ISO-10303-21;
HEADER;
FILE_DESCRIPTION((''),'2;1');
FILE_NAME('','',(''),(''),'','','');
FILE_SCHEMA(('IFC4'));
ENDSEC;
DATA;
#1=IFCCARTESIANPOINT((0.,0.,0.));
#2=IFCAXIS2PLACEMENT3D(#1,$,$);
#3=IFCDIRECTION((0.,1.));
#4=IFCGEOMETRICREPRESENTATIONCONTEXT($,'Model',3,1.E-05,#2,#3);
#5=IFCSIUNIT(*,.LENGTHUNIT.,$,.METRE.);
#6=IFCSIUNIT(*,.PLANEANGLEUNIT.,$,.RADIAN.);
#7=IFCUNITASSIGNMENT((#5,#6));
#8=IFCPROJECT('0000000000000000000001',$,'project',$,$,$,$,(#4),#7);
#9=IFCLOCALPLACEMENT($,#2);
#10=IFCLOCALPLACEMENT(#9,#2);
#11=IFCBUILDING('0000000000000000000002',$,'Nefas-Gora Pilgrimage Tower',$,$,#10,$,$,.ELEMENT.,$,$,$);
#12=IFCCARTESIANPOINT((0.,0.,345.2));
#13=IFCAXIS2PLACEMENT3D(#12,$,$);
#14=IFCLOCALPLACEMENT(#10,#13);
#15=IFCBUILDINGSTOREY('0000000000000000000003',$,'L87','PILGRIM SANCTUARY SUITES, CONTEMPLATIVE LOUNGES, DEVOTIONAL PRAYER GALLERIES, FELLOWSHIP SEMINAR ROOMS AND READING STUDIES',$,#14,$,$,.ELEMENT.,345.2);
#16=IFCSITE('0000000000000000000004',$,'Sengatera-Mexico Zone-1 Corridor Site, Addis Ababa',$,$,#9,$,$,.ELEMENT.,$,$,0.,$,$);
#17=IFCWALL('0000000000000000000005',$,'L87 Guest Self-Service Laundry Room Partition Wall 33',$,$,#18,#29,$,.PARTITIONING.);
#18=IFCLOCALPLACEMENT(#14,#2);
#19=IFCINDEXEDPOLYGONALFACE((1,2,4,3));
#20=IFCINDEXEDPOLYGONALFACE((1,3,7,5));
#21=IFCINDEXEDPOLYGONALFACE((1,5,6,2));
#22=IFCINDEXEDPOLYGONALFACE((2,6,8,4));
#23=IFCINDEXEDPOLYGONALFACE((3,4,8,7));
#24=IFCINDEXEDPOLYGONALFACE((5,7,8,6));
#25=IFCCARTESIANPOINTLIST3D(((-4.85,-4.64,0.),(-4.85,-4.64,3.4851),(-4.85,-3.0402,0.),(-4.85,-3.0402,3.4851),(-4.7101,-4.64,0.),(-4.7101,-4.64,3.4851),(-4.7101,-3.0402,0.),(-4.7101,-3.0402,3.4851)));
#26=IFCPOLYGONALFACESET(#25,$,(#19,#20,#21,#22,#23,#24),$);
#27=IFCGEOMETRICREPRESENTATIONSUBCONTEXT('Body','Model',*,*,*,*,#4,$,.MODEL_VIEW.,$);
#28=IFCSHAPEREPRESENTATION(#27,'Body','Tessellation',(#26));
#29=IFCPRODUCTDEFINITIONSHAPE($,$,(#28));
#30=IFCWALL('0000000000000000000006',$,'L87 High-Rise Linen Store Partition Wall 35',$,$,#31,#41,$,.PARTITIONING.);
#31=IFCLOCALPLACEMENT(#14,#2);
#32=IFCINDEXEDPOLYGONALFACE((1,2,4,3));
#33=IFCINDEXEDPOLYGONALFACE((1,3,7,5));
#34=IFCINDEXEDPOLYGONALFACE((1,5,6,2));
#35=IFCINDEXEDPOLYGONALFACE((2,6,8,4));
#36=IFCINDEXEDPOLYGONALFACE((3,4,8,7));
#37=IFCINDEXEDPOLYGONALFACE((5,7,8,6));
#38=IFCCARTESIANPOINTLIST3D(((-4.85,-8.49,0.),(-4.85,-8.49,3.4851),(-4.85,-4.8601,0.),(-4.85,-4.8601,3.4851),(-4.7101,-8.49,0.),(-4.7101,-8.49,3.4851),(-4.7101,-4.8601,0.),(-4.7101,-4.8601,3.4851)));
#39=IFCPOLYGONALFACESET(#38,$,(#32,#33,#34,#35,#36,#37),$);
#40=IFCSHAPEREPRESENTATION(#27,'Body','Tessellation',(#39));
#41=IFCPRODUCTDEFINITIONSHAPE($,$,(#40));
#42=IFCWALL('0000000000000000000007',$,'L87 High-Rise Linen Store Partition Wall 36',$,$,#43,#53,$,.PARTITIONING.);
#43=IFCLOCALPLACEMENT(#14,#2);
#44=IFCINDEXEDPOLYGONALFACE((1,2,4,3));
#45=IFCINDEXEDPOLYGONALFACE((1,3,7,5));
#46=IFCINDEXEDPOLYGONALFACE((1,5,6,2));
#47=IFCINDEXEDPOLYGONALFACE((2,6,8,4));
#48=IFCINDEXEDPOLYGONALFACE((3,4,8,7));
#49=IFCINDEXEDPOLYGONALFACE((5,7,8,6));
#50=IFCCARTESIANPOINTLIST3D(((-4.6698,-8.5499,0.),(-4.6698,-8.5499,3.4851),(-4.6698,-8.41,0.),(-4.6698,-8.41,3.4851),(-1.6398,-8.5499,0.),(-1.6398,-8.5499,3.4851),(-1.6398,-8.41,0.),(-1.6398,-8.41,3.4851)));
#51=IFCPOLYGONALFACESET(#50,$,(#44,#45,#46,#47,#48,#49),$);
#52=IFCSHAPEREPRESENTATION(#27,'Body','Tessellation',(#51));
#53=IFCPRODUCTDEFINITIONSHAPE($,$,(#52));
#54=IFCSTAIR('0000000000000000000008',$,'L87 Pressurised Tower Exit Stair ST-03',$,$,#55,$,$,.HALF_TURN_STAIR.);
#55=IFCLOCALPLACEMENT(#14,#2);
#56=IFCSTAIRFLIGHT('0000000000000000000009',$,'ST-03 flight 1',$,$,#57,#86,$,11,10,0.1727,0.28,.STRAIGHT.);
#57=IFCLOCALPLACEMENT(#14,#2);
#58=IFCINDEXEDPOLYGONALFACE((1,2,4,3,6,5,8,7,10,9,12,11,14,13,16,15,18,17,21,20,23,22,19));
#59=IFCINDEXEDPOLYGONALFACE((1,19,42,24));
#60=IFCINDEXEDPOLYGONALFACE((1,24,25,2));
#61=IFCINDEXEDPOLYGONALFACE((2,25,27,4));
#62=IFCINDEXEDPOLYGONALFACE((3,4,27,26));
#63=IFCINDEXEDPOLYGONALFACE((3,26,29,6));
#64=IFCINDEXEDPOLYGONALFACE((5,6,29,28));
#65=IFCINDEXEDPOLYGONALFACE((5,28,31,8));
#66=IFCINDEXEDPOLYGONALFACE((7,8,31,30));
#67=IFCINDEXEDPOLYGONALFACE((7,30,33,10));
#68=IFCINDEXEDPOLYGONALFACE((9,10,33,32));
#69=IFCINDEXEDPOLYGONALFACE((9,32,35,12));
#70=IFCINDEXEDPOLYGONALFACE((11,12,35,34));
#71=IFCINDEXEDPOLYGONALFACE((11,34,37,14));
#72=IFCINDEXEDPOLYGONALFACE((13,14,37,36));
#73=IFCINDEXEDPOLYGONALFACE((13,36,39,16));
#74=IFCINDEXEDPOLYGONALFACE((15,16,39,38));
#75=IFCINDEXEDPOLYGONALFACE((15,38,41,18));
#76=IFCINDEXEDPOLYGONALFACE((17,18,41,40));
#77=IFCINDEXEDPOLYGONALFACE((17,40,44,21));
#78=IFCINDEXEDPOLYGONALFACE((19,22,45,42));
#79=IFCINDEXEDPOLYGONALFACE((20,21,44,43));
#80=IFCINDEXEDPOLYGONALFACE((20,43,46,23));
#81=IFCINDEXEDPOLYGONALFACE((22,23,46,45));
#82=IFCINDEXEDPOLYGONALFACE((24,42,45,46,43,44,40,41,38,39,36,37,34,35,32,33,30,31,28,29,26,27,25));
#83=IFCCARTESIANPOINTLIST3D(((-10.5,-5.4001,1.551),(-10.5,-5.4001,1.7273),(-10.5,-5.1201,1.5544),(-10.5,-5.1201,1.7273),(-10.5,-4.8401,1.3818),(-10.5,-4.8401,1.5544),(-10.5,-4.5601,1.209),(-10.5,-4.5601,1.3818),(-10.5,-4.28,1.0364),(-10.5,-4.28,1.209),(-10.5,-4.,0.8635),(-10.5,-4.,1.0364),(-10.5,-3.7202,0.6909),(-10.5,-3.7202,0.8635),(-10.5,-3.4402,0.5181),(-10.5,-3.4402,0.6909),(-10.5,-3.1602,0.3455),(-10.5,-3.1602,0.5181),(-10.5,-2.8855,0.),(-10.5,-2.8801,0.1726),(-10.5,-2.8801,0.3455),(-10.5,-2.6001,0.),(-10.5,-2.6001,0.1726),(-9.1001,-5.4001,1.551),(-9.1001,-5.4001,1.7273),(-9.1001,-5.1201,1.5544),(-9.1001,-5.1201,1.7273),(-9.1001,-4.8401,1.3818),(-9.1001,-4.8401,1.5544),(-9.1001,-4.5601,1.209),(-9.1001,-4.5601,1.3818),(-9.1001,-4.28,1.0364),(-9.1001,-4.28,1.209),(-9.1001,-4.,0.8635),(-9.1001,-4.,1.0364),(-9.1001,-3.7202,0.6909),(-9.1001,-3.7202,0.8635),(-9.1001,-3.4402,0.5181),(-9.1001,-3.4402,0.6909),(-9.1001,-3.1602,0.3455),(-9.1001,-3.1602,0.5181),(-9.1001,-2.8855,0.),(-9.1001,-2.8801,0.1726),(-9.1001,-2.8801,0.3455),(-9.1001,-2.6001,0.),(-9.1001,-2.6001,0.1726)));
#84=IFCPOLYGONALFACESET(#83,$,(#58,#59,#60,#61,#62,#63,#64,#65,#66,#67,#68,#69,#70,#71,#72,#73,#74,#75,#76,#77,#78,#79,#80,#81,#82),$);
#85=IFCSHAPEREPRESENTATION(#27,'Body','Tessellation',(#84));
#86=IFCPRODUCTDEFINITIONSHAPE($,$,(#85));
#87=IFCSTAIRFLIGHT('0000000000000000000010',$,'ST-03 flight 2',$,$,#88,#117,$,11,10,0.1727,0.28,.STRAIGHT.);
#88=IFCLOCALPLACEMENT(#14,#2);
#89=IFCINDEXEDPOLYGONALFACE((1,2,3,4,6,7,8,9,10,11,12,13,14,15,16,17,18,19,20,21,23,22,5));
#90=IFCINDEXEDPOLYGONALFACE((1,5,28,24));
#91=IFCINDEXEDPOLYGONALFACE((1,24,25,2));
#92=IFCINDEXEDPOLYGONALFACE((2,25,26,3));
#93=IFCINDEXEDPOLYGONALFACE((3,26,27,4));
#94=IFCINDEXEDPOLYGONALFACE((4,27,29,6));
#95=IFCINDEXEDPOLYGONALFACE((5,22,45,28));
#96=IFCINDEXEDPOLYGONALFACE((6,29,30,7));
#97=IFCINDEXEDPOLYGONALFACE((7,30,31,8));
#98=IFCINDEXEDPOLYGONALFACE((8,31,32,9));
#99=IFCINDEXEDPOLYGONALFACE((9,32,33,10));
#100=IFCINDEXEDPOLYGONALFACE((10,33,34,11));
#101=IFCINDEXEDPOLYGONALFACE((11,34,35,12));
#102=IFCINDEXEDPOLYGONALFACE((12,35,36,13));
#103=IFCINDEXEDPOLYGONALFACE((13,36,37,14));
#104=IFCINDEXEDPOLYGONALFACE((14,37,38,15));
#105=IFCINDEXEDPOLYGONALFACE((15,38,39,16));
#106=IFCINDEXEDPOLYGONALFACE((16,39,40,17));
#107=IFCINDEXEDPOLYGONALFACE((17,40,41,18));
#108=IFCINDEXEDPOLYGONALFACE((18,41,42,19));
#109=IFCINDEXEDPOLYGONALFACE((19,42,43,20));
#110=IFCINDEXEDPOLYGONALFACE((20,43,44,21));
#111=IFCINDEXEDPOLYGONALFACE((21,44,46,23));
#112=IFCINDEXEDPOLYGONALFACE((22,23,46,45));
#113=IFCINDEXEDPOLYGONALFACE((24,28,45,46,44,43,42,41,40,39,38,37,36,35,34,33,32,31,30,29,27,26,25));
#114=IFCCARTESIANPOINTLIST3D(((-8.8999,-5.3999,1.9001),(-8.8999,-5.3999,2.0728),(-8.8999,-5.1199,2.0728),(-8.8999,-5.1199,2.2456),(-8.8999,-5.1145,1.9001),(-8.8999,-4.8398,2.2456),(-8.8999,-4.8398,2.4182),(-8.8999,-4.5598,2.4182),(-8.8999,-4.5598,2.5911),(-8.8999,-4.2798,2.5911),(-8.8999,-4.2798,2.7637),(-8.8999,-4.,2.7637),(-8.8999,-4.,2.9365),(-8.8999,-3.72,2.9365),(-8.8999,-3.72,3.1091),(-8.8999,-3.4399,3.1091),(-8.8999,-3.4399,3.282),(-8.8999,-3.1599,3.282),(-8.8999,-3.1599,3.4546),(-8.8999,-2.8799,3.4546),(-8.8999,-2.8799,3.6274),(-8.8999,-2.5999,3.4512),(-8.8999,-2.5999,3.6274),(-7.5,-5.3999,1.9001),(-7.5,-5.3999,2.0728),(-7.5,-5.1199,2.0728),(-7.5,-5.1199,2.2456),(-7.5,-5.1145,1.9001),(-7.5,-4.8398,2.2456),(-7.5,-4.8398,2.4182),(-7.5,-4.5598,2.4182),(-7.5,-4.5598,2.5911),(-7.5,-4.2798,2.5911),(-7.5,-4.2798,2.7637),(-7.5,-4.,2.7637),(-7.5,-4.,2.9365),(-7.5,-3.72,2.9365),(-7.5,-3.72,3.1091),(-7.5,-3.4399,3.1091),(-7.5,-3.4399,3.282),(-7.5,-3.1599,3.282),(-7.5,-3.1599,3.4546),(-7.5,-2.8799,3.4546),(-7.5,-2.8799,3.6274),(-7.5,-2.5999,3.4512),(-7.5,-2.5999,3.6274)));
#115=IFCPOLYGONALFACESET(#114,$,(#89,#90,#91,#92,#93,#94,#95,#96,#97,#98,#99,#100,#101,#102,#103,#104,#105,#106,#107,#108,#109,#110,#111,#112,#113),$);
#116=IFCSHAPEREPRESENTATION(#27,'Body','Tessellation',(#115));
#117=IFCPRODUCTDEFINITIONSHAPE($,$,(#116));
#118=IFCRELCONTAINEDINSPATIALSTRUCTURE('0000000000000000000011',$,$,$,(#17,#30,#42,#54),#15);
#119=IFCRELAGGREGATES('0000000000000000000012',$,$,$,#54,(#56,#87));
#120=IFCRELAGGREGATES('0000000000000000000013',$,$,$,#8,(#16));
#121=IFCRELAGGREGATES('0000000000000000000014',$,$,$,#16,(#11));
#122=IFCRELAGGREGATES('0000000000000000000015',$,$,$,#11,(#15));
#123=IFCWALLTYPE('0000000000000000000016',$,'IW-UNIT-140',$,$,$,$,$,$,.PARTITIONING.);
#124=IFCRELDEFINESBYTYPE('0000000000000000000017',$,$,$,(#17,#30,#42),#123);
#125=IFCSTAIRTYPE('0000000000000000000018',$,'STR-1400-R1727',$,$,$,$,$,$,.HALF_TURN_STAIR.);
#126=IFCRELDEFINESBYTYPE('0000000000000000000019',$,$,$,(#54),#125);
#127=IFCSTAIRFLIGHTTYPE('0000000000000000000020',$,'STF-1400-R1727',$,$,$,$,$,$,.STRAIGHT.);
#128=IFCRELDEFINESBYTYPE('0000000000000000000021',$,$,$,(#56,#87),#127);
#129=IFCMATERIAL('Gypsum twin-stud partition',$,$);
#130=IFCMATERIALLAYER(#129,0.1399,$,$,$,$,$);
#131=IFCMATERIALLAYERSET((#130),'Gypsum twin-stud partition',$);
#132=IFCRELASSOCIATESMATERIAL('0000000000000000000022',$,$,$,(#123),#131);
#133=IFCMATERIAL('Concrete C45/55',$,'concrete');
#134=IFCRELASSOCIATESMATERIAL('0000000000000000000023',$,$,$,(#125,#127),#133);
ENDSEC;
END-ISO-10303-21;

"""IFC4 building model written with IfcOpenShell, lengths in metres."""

from ifc_helpers import new_model, si_unit, direction, frame, frame_2d, origin, place, context, subcontext, project, spatial, polyline, rectangle, outline, extrude, source, transform, mapped, material, layer, layer_set, type_object, element, aggregate, save


model = new_model("IFC4")

# Units and contexts
model_context = context("Model", 3, precision=1e-05, world=origin(), true_north=direction((0.0, 1.0)))
body_context = subcontext(model_context, "Body", "Model", "MODEL_VIEW")
ifc_project = project(units=[si_unit("LENGTHUNIT", "METRE"), si_unit("PLANEANGLEUNIT", "RADIAN")], contexts=[model_context])

# Site, building, storey
site_placement = place(None, origin())
site = spatial("IfcSite", under=ifc_project, at=site_placement, Name="Sengatera-Mexico Zone-1 Corridor Site, Addis Ababa", CompositionType="ELEMENT", RefElevation=0.0)
building_placement = place(site_placement, origin())
building = spatial("IfcBuilding", under=site, at=building_placement, Name="Nefas-Gora Pilgrimage Tower", CompositionType="ELEMENT")
storey_placement = place(building_placement, frame((0.0, 0.0, 345.2)))
storey = spatial("IfcBuildingStorey", under=building, at=storey_placement, Name="L87", Description="PILGRIM SANCTUARY SUITES, CONTEMPLATIVE LOUNGES, DEVOTIONAL PRAYER GALLERIES, FELLOWSHIP SEMINAR ROOMS AND READING STUDIES", CompositionType="ELEMENT", Elevation=345.2)

# Shared definitions
ifc_material_1 = material(Name="Concrete C45/55", Category="concrete")

# Walls
ifc_material_2 = material(Name="Gypsum twin-stud partition")
ifc_layer_1 = layer(ifc_material_2, 0.1399)
ifc_layer_set_1 = layer_set([ifc_layer_1], Name="Gypsum twin-stud partition")
wall_type_1 = type_object("IfcWallType", Name="IW-UNIT-140", PredefinedType="PARTITIONING", material=ifc_layer_set_1)
shared_shape_1 = source(origin(), body_context, "Body", "SweptSolid", [
    extrude(rectangle(XDim=1.5999, YDim=0.1399, at=frame_2d((0.7998, 0.0))), origin(), (0.0, 0.0, 1.0), 3.4851),
])
wall_1_placement = place(storey_placement, frame((-4.78, -4.6399, 0.0), z_axis=(0.0, 0.0, 1.0), x_axis=(0.0, 1.0, 0.0)))
element("IfcWall", 1, at=wall_1_placement, inside=storey, type_object=wall_type_1, Name="L87 Guest Self-Service Laundry Room Partition Wall 33", PredefinedType="PARTITIONING", context=body_context, shape_type="MappedRepresentation", body=[
    mapped(shared_shape_1, transform((0.0, 0.0, 0.0), x_axis=(1.0, 0.0, 0.0), y_axis=(0.0, 1.0, 0.0), z_axis=(0.0, 0.0, 1.0), scale=1.0)),
])
shared_shape_2 = source(origin(), body_context, "Body", "SweptSolid", [
    extrude(rectangle(XDim=3.6299, YDim=0.1399, at=frame_2d((1.8149, 0.0))), origin(), (0.0, 0.0, 1.0), 3.4851),
])
wall_2_placement = place(storey_placement, frame((-4.78, -8.49, 0.0), z_axis=(0.0, 0.0, 1.0), x_axis=(0.0, 1.0, 0.0)))
element("IfcWall", 2, at=wall_2_placement, inside=storey, type_object=wall_type_1, Name="L87 High-Rise Linen Store Partition Wall 35", PredefinedType="PARTITIONING", context=body_context, shape_type="MappedRepresentation", body=[
    mapped(shared_shape_2, transform((0.0, 0.0, 0.0), x_axis=(1.0, 0.0, 0.0), y_axis=(0.0, 1.0, 0.0), z_axis=(0.0, 0.0, 1.0), scale=1.0)),
])
shared_shape_3 = source(origin(), body_context, "Body", "SweptSolid", [
    extrude(rectangle(XDim=3.03, YDim=0.1399, at=frame_2d((1.5151, 0.0))), origin(), (0.0, 0.0, 1.0), 3.4851),
])
wall_3_placement = place(storey_placement, frame((-4.6699, -8.48, 0.0), z_axis=(0.0, 0.0, 1.0), x_axis=(1.0, 0.0, 0.0)))
element("IfcWall", 3, at=wall_3_placement, inside=storey, type_object=wall_type_1, Name="L87 High-Rise Linen Store Partition Wall 36", PredefinedType="PARTITIONING", context=body_context, shape_type="MappedRepresentation", body=[
    mapped(shared_shape_3, transform((0.0, 0.0, 0.0), x_axis=(1.0, 0.0, 0.0), y_axis=(0.0, 1.0, 0.0), z_axis=(0.0, 0.0, 1.0), scale=1.0)),
])

# Stair, stair flights
stair_type = type_object("IfcStairType", Name="STR-1400-R1727", PredefinedType="HALF_TURN_STAIR", material=ifc_material_1)
stair_placement = place(storey_placement, origin())
stair = element("IfcStair", 4, at=stair_placement, inside=storey, type_object=stair_type, Name="L87 Pressurised Tower Exit Stair ST-03", PredefinedType="HALF_TURN_STAIR")
stair_flight_type = type_object("IfcStairFlightType", Name="STF-1400-R1727", PredefinedType="STRAIGHT", material=ifc_material_1)
shared_shape_4 = source(origin(), body_context, "Body", "SweptSolid", [
    extrude(outline(polyline([(0.0, 0.0), (0.0, 0.1726), (0.28, 0.1726), (0.28, 0.3455), (0.5601, 0.3455), (0.5601, 0.5181), (0.8401, 0.5181), (0.8401, 0.6909), (1.1201, 0.6909), (1.1201, 0.8635), (1.3999, 0.8635), (1.3999, 1.0364), (1.6799, 1.0364), (1.6799, 1.209), (1.96, 1.209), (1.96, 1.3818), (2.24, 1.3818), (2.24, 1.5544), (2.52, 1.5544), (2.52, 1.7273), (2.8, 1.7273), (2.8, 1.8999), (2.8, 1.551), (0.2854, 0.0), (0.0, 0.0)])), frame((0.0, 0.7, 0.0), z_axis=(0.0, -1.0, 0.0), x_axis=(1.0, 0.0, 0.0)), (0.0, 0.0, 1.0), 1.3999),
])
stair_flight_1_placement = place(storey_placement, frame((-9.8, -2.6001, 0.0), z_axis=(0.0, 0.0, 1.0), x_axis=(0.0, -1.0, 0.0)))
stair_flight_1 = element("IfcStairFlight", 5, at=stair_flight_1_placement, type_object=stair_flight_type, Name="ST-03 flight 1", NumberOfRisers=11, NumberOfTreads=10, PredefinedType="STRAIGHT", RiserHeight=0.1727, TreadLength=0.28, context=body_context, shape_type="MappedRepresentation", body=[
    mapped(shared_shape_4, transform((0.0, 0.0, 0.0), x_axis=(1.0, 0.0, 0.0), y_axis=(0.0, 1.0, 0.0), z_axis=(0.0, 0.0, 1.0), scale=1.0)),
])
stair_flight_2_placement = place(storey_placement, frame((-8.2, -5.3999, 1.9001), z_axis=(0.0, 0.0, 1.0), x_axis=(0.0, 1.0, 0.0)))
stair_flight_2 = element("IfcStairFlight", 6, at=stair_flight_2_placement, type_object=stair_flight_type, Name="ST-03 flight 2", NumberOfRisers=11, NumberOfTreads=10, PredefinedType="STRAIGHT", RiserHeight=0.1727, TreadLength=0.28, context=body_context, shape_type="MappedRepresentation", body=[
    mapped(shared_shape_4, transform((0.0, 0.0, 0.0), x_axis=(1.0, 0.0, 0.0), y_axis=(0.0, 1.0, 0.0), z_axis=(0.0, 0.0, 1.0), scale=1.0)),
])
aggregate(stair, [stair_flight_1, stair_flight_2])

save(model, "model.ifc")
